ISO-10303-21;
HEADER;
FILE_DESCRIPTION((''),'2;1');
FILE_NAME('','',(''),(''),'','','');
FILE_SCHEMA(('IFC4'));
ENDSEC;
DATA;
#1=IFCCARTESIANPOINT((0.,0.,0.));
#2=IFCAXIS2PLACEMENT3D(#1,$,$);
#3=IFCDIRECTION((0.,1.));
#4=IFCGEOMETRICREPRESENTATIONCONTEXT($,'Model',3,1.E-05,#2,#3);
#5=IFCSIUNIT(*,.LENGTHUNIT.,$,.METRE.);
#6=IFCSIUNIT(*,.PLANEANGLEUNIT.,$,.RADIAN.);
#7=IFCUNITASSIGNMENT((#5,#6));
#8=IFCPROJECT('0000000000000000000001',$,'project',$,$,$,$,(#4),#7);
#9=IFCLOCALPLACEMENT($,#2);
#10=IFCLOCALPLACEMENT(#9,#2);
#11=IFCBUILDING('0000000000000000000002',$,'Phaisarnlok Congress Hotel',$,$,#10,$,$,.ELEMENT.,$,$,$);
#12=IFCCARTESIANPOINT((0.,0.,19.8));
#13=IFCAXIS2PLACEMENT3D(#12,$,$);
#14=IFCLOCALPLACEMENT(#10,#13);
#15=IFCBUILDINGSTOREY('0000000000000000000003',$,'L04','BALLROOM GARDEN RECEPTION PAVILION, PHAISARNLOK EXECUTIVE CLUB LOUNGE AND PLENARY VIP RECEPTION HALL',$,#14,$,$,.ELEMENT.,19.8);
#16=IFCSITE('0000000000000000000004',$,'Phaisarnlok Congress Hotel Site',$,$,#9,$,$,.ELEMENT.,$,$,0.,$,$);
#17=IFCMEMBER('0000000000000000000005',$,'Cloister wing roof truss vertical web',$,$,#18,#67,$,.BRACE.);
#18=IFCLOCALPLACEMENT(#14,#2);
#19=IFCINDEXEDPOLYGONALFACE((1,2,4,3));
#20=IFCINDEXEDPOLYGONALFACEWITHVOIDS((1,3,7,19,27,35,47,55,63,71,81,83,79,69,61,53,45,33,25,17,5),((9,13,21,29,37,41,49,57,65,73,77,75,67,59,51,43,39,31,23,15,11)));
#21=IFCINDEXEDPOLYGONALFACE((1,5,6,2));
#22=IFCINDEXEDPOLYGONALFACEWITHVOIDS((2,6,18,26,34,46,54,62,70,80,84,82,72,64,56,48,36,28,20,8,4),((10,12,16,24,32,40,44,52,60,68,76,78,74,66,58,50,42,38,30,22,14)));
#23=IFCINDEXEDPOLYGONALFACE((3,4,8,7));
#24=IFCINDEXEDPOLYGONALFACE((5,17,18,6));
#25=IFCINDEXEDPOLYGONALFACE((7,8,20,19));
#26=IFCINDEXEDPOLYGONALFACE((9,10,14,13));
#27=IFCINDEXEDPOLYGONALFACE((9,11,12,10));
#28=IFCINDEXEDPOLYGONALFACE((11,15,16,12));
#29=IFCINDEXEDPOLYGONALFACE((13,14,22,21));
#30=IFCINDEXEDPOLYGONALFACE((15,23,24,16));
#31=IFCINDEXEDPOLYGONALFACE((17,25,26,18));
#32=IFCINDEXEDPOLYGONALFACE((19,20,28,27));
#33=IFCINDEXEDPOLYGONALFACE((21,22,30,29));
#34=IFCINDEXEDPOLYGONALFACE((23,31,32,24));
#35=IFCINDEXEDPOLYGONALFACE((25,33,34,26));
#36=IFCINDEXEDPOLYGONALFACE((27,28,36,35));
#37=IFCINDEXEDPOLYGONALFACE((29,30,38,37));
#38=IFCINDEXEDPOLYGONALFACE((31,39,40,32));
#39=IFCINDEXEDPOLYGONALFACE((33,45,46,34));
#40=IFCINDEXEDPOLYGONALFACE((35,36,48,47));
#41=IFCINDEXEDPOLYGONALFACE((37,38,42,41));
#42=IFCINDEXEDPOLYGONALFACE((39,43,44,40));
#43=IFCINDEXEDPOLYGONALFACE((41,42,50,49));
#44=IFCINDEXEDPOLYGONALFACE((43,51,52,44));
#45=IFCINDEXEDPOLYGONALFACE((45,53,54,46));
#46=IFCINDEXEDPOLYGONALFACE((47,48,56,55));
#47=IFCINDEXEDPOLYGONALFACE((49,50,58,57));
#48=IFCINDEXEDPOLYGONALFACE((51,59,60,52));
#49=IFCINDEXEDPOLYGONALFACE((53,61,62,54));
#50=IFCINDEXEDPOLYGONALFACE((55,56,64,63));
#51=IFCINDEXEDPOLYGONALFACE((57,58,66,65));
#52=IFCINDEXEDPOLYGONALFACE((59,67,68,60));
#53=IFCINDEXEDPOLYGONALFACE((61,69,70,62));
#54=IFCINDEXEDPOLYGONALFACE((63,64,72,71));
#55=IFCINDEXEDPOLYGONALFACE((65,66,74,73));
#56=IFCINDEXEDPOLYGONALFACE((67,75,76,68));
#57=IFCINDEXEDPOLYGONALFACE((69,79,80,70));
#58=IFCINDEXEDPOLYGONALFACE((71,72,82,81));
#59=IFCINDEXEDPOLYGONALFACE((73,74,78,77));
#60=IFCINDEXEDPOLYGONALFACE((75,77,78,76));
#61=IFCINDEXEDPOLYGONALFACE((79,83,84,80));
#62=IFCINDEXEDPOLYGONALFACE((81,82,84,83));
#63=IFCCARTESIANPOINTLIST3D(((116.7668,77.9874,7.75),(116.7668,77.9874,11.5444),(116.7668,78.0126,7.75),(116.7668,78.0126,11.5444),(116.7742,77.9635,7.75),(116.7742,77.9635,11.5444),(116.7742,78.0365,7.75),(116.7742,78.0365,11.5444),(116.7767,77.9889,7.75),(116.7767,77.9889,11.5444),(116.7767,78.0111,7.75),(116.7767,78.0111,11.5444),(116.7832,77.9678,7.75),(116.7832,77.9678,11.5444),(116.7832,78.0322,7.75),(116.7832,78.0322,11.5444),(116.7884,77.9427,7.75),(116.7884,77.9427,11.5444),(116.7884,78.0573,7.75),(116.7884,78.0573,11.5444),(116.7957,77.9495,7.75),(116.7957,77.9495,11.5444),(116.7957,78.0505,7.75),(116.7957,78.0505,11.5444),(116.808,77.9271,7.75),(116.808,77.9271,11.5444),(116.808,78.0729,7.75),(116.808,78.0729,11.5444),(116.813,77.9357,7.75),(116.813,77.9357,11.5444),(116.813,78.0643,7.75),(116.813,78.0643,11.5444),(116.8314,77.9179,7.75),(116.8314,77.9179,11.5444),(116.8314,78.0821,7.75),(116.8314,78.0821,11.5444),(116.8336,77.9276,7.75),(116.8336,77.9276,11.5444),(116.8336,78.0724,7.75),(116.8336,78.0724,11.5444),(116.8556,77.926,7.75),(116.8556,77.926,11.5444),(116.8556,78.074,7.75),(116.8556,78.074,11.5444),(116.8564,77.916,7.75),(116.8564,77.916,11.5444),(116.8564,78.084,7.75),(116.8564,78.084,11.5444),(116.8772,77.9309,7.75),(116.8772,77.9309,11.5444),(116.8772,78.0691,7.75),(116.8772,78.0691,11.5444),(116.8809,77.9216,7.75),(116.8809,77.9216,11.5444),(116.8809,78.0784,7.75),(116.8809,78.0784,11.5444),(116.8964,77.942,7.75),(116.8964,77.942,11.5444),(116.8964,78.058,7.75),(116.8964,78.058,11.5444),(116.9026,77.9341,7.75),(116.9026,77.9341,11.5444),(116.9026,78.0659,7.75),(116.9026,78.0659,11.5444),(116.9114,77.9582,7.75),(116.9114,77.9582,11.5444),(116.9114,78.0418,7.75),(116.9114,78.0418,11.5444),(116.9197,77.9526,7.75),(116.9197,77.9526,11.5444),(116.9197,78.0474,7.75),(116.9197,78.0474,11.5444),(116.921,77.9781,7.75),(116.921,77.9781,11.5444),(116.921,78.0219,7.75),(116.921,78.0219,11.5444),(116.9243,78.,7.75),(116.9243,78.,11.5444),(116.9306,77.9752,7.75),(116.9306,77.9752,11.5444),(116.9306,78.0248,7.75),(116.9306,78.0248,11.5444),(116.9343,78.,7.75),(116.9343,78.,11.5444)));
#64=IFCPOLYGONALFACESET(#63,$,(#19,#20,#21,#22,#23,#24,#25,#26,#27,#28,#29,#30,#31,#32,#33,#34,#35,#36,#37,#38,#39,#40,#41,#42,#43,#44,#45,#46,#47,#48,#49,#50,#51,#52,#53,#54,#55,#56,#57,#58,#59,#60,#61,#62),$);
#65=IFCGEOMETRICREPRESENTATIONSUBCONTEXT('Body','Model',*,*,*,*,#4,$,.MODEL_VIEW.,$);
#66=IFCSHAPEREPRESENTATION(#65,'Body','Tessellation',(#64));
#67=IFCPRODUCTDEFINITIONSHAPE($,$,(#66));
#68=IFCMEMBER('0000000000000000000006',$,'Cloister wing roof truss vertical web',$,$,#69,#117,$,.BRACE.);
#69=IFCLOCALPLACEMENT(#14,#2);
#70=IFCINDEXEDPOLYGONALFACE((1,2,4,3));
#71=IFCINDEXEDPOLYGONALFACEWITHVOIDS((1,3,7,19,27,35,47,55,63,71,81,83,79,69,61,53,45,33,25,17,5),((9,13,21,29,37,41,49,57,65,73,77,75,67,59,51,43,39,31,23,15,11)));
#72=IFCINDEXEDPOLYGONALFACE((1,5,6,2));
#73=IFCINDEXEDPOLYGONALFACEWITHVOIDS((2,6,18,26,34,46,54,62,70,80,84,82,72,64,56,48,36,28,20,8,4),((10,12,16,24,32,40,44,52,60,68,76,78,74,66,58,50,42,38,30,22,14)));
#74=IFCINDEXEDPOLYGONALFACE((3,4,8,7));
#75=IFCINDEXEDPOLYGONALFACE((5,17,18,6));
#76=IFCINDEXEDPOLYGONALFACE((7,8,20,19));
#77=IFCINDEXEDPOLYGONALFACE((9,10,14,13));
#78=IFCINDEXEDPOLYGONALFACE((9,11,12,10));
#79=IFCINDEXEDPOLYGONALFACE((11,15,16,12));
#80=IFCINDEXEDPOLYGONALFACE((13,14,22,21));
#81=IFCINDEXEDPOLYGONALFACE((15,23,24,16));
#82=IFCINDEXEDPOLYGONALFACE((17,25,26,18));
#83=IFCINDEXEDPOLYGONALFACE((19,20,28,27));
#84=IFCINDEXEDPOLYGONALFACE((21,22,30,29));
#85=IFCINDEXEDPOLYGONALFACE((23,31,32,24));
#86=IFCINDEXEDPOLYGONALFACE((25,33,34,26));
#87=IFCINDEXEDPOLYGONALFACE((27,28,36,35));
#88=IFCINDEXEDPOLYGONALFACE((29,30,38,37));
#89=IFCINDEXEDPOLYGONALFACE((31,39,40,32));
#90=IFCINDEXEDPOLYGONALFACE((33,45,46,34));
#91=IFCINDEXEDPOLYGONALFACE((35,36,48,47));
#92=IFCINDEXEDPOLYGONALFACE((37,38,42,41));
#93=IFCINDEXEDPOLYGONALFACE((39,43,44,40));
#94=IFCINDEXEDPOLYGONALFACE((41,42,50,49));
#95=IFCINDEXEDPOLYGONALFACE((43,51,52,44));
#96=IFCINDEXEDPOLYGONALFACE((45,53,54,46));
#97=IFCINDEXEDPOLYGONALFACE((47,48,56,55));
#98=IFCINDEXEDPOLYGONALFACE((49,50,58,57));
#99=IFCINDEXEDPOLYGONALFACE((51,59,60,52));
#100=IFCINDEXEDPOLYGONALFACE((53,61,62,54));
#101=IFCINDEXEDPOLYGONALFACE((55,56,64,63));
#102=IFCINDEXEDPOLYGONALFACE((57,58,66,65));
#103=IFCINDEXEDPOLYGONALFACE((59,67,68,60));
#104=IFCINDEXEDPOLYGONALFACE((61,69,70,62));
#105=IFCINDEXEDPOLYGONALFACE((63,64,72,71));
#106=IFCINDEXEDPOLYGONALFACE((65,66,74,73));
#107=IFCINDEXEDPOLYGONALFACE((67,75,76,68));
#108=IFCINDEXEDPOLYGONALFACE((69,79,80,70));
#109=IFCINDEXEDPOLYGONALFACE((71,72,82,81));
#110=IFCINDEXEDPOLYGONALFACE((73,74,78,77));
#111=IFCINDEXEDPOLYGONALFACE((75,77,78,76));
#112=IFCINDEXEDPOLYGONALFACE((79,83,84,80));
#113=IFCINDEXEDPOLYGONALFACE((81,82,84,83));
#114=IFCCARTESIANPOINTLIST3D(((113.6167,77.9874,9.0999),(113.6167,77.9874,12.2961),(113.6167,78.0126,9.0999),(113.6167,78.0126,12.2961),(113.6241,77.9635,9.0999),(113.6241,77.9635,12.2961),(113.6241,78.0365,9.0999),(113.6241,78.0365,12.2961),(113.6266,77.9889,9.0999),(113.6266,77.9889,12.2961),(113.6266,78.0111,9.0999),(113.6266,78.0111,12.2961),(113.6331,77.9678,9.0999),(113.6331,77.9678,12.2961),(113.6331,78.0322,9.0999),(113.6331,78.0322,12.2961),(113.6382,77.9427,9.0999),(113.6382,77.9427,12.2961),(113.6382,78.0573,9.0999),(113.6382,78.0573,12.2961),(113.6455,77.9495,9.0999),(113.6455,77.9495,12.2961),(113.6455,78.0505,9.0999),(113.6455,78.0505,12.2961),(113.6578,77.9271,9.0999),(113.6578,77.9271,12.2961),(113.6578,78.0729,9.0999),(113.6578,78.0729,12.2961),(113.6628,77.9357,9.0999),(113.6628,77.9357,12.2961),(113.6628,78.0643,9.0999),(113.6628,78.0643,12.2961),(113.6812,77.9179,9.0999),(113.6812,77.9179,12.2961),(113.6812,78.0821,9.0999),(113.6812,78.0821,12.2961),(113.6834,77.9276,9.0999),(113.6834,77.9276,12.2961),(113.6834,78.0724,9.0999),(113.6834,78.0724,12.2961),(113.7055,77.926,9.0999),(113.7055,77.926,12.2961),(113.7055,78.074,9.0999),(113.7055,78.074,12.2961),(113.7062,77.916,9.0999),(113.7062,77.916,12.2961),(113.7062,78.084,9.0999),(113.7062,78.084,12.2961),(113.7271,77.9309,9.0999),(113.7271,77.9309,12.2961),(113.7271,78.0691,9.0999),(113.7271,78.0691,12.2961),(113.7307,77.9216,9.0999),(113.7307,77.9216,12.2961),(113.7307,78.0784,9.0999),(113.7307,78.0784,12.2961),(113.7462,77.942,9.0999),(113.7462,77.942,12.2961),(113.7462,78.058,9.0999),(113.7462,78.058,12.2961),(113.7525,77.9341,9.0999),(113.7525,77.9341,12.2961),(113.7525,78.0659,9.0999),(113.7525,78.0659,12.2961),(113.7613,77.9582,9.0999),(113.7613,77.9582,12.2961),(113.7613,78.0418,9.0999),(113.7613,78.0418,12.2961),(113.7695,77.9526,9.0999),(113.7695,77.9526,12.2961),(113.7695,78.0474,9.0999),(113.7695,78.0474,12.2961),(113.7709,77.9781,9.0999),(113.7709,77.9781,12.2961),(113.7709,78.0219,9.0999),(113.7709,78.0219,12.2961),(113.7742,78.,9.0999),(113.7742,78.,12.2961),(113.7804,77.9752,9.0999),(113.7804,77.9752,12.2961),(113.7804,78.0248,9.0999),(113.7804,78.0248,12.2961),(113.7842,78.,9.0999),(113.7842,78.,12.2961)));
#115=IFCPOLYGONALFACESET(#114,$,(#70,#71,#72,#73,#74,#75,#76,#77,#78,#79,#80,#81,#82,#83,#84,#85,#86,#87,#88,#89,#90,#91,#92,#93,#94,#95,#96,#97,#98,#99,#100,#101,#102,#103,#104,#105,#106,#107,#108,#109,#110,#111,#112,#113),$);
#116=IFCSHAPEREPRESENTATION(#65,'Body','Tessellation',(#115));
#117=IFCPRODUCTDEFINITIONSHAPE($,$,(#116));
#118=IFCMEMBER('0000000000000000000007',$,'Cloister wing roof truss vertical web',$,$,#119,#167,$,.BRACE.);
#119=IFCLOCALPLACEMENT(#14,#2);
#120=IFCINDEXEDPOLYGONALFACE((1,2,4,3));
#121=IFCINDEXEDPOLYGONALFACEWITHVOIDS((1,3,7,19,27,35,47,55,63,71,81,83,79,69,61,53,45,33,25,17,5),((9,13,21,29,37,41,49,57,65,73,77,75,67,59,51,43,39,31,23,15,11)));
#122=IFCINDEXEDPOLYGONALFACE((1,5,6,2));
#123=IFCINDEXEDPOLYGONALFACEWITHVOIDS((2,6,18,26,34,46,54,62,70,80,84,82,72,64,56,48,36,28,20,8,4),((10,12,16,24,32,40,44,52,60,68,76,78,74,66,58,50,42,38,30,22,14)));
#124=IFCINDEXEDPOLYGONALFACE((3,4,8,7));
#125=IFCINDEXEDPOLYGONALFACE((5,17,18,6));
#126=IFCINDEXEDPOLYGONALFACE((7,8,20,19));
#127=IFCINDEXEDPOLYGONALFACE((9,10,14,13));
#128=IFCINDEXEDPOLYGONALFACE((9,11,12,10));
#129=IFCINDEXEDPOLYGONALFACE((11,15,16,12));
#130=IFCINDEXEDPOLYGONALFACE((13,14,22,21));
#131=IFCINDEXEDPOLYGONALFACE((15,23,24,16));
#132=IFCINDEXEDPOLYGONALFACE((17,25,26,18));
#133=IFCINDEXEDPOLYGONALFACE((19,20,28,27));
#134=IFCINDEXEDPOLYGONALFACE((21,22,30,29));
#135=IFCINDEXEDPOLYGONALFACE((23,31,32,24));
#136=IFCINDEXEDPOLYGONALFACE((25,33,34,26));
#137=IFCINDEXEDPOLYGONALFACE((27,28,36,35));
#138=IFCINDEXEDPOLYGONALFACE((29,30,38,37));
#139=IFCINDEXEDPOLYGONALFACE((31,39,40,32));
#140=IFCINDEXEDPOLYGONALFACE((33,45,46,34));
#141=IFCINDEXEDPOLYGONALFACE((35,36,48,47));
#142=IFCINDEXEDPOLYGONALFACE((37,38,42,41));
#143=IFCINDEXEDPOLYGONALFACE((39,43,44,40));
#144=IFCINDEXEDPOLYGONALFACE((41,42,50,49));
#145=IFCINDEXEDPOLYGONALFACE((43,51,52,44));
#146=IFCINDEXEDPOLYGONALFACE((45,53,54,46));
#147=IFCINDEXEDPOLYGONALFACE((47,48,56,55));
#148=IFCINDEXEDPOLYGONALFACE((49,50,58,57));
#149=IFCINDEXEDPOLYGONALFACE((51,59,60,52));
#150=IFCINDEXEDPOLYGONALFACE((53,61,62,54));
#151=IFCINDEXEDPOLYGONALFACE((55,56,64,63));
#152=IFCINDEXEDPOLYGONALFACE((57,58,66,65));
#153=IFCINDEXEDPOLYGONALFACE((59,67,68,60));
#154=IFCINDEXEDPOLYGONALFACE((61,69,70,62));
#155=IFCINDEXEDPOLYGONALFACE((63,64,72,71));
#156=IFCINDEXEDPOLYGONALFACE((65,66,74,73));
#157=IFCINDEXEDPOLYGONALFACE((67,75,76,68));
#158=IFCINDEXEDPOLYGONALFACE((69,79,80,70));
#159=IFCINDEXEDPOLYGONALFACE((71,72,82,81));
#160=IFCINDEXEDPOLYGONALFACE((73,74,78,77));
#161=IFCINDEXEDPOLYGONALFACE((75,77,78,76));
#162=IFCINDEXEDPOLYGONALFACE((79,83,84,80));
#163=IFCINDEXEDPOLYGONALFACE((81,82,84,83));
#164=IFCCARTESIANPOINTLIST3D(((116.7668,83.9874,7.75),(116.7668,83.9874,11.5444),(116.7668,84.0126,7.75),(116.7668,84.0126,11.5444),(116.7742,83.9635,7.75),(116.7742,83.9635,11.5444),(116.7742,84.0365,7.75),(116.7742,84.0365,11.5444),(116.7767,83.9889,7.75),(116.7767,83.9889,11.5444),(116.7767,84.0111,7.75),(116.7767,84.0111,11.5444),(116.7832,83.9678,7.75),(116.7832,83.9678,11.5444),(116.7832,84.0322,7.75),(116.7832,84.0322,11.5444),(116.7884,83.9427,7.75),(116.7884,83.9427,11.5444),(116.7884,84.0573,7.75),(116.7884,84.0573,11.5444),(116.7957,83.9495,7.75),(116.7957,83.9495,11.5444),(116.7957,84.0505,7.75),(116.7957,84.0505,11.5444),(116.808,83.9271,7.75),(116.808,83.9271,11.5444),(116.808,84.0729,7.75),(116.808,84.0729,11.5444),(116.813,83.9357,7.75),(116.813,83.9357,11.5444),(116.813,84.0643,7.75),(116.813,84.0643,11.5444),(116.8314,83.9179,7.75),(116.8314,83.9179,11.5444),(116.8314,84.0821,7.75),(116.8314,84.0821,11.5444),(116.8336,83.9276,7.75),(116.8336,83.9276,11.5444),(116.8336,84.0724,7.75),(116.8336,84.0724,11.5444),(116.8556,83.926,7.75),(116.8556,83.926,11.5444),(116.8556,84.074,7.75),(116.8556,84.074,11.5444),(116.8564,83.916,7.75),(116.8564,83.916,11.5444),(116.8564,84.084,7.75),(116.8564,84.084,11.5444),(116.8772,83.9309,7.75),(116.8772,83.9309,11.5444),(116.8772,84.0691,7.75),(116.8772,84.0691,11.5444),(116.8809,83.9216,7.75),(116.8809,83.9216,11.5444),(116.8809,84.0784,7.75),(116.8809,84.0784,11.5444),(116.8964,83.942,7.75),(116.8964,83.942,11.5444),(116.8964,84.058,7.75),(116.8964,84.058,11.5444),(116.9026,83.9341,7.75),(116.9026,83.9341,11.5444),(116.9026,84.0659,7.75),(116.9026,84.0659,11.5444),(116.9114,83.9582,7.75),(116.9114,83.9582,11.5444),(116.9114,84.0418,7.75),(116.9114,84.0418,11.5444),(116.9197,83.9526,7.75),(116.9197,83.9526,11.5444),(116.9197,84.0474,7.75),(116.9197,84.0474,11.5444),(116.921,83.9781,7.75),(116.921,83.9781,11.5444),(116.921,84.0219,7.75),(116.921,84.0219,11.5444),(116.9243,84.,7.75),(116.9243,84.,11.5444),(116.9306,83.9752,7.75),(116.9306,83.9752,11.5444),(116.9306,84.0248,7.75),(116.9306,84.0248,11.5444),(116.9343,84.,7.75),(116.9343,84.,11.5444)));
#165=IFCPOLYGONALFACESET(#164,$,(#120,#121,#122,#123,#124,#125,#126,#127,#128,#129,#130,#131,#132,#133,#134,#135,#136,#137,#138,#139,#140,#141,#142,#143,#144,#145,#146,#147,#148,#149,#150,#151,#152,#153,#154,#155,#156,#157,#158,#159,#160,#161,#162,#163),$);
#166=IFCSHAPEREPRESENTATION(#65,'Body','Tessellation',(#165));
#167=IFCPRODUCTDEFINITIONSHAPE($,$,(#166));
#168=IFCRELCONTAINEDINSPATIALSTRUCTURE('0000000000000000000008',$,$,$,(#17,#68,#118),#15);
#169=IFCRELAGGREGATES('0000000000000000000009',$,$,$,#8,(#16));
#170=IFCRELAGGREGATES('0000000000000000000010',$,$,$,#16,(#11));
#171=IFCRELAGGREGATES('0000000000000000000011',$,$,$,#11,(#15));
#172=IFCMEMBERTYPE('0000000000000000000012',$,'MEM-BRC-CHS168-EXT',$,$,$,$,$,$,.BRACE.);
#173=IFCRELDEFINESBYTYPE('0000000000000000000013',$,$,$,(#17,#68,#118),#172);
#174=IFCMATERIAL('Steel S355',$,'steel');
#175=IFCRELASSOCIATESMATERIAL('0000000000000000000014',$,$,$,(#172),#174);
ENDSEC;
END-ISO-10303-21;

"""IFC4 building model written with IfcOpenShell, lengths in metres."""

from ifc_helpers import new_model, si_unit, direction, frame, origin, origin_2d, place, context, subcontext, project, spatial, hollow_circle, extrude, material, material_profile, profile_set, type_object, element, save


model = new_model("IFC4")

# Units and contexts
model_context = context("Model", 3, precision=1e-05, world=origin(), true_north=direction((0.0, 1.0)))
body_context = subcontext(model_context, "Body", "Model", "MODEL_VIEW")
ifc_project = project(units=[si_unit("LENGTHUNIT", "METRE"), si_unit("PLANEANGLEUNIT", "RADIAN")], contexts=[model_context])

# Site, building, storey
site_placement = place(None, origin())
site = spatial("IfcSite", under=ifc_project, at=site_placement, Name="Phaisarnlok Congress Hotel Site", CompositionType="ELEMENT", RefElevation=0.0)
building_placement = place(site_placement, origin())
building = spatial("IfcBuilding", under=site, at=building_placement, Name="Phaisarnlok Congress Hotel", CompositionType="ELEMENT")
storey_placement = place(building_placement, frame((0.0, 0.0, 19.8)))
storey = spatial("IfcBuildingStorey", under=building, at=storey_placement, Name="L04", Description="BALLROOM GARDEN RECEPTION PAVILION, PHAISARNLOK EXECUTIVE CLUB LOUNGE AND PLENARY VIP RECEPTION HALL", CompositionType="ELEMENT", Elevation=19.8)

# Members
ifc_material_1 = material(Name="Steel S355", Category="steel")
ifc_material_profile_1 = material_profile(ifc_material_1, hollow_circle(Radius=0.0842, WallThickness=0.01, at=origin_2d()), Name="CHS 168.3x10")
ifc_profile_set_1 = profile_set([ifc_material_profile_1], Name="Steel S355")
member_type_1 = type_object("IfcMemberType", Name="MEM-BRC-CHS168-EXT", PredefinedType="BRACE", material=ifc_profile_set_1)
member_1_placement = place(storey_placement, frame((116.8501, 78.0, 7.75), z_axis=(0.0, 0.0, 1.0), x_axis=(1.0, 0.0, 0.0)))
element("IfcMember", 1, at=member_1_placement, inside=storey, type_object=member_type_1, Name="Cloister wing roof truss vertical web", PredefinedType="BRACE", context=body_context, shape_type="SweptSolid", body=[
    extrude(hollow_circle(Radius=0.0842, WallThickness=0.01, at=origin_2d()), origin(), (0.0, 0.0, 1.0), 3.7944),
])
member_2_placement = place(storey_placement, frame((113.7, 78.0, 9.0999), z_axis=(0.0, 0.0, 1.0), x_axis=(1.0, 0.0, 0.0)))
element("IfcMember", 2, at=member_2_placement, inside=storey, type_object=member_type_1, Name="Cloister wing roof truss vertical web", PredefinedType="BRACE", context=body_context, shape_type="SweptSolid", body=[
    extrude(hollow_circle(Radius=0.0842, WallThickness=0.01, at=origin_2d()), origin(), (0.0, 0.0, 1.0), 3.1963),
])
member_3_placement = place(storey_placement, frame((116.8501, 84.0, 7.75), z_axis=(0.0, 0.0, 1.0), x_axis=(1.0, 0.0, 0.0)))
element("IfcMember", 3, at=member_3_placement, inside=storey, type_object=member_type_1, Name="Cloister wing roof truss vertical web", PredefinedType="BRACE", context=body_context, shape_type="SweptSolid", body=[
    extrude(hollow_circle(Radius=0.0842, WallThickness=0.01, at=origin_2d()), origin(), (0.0, 0.0, 1.0), 3.7944),
])

save(model, "model.ifc")
